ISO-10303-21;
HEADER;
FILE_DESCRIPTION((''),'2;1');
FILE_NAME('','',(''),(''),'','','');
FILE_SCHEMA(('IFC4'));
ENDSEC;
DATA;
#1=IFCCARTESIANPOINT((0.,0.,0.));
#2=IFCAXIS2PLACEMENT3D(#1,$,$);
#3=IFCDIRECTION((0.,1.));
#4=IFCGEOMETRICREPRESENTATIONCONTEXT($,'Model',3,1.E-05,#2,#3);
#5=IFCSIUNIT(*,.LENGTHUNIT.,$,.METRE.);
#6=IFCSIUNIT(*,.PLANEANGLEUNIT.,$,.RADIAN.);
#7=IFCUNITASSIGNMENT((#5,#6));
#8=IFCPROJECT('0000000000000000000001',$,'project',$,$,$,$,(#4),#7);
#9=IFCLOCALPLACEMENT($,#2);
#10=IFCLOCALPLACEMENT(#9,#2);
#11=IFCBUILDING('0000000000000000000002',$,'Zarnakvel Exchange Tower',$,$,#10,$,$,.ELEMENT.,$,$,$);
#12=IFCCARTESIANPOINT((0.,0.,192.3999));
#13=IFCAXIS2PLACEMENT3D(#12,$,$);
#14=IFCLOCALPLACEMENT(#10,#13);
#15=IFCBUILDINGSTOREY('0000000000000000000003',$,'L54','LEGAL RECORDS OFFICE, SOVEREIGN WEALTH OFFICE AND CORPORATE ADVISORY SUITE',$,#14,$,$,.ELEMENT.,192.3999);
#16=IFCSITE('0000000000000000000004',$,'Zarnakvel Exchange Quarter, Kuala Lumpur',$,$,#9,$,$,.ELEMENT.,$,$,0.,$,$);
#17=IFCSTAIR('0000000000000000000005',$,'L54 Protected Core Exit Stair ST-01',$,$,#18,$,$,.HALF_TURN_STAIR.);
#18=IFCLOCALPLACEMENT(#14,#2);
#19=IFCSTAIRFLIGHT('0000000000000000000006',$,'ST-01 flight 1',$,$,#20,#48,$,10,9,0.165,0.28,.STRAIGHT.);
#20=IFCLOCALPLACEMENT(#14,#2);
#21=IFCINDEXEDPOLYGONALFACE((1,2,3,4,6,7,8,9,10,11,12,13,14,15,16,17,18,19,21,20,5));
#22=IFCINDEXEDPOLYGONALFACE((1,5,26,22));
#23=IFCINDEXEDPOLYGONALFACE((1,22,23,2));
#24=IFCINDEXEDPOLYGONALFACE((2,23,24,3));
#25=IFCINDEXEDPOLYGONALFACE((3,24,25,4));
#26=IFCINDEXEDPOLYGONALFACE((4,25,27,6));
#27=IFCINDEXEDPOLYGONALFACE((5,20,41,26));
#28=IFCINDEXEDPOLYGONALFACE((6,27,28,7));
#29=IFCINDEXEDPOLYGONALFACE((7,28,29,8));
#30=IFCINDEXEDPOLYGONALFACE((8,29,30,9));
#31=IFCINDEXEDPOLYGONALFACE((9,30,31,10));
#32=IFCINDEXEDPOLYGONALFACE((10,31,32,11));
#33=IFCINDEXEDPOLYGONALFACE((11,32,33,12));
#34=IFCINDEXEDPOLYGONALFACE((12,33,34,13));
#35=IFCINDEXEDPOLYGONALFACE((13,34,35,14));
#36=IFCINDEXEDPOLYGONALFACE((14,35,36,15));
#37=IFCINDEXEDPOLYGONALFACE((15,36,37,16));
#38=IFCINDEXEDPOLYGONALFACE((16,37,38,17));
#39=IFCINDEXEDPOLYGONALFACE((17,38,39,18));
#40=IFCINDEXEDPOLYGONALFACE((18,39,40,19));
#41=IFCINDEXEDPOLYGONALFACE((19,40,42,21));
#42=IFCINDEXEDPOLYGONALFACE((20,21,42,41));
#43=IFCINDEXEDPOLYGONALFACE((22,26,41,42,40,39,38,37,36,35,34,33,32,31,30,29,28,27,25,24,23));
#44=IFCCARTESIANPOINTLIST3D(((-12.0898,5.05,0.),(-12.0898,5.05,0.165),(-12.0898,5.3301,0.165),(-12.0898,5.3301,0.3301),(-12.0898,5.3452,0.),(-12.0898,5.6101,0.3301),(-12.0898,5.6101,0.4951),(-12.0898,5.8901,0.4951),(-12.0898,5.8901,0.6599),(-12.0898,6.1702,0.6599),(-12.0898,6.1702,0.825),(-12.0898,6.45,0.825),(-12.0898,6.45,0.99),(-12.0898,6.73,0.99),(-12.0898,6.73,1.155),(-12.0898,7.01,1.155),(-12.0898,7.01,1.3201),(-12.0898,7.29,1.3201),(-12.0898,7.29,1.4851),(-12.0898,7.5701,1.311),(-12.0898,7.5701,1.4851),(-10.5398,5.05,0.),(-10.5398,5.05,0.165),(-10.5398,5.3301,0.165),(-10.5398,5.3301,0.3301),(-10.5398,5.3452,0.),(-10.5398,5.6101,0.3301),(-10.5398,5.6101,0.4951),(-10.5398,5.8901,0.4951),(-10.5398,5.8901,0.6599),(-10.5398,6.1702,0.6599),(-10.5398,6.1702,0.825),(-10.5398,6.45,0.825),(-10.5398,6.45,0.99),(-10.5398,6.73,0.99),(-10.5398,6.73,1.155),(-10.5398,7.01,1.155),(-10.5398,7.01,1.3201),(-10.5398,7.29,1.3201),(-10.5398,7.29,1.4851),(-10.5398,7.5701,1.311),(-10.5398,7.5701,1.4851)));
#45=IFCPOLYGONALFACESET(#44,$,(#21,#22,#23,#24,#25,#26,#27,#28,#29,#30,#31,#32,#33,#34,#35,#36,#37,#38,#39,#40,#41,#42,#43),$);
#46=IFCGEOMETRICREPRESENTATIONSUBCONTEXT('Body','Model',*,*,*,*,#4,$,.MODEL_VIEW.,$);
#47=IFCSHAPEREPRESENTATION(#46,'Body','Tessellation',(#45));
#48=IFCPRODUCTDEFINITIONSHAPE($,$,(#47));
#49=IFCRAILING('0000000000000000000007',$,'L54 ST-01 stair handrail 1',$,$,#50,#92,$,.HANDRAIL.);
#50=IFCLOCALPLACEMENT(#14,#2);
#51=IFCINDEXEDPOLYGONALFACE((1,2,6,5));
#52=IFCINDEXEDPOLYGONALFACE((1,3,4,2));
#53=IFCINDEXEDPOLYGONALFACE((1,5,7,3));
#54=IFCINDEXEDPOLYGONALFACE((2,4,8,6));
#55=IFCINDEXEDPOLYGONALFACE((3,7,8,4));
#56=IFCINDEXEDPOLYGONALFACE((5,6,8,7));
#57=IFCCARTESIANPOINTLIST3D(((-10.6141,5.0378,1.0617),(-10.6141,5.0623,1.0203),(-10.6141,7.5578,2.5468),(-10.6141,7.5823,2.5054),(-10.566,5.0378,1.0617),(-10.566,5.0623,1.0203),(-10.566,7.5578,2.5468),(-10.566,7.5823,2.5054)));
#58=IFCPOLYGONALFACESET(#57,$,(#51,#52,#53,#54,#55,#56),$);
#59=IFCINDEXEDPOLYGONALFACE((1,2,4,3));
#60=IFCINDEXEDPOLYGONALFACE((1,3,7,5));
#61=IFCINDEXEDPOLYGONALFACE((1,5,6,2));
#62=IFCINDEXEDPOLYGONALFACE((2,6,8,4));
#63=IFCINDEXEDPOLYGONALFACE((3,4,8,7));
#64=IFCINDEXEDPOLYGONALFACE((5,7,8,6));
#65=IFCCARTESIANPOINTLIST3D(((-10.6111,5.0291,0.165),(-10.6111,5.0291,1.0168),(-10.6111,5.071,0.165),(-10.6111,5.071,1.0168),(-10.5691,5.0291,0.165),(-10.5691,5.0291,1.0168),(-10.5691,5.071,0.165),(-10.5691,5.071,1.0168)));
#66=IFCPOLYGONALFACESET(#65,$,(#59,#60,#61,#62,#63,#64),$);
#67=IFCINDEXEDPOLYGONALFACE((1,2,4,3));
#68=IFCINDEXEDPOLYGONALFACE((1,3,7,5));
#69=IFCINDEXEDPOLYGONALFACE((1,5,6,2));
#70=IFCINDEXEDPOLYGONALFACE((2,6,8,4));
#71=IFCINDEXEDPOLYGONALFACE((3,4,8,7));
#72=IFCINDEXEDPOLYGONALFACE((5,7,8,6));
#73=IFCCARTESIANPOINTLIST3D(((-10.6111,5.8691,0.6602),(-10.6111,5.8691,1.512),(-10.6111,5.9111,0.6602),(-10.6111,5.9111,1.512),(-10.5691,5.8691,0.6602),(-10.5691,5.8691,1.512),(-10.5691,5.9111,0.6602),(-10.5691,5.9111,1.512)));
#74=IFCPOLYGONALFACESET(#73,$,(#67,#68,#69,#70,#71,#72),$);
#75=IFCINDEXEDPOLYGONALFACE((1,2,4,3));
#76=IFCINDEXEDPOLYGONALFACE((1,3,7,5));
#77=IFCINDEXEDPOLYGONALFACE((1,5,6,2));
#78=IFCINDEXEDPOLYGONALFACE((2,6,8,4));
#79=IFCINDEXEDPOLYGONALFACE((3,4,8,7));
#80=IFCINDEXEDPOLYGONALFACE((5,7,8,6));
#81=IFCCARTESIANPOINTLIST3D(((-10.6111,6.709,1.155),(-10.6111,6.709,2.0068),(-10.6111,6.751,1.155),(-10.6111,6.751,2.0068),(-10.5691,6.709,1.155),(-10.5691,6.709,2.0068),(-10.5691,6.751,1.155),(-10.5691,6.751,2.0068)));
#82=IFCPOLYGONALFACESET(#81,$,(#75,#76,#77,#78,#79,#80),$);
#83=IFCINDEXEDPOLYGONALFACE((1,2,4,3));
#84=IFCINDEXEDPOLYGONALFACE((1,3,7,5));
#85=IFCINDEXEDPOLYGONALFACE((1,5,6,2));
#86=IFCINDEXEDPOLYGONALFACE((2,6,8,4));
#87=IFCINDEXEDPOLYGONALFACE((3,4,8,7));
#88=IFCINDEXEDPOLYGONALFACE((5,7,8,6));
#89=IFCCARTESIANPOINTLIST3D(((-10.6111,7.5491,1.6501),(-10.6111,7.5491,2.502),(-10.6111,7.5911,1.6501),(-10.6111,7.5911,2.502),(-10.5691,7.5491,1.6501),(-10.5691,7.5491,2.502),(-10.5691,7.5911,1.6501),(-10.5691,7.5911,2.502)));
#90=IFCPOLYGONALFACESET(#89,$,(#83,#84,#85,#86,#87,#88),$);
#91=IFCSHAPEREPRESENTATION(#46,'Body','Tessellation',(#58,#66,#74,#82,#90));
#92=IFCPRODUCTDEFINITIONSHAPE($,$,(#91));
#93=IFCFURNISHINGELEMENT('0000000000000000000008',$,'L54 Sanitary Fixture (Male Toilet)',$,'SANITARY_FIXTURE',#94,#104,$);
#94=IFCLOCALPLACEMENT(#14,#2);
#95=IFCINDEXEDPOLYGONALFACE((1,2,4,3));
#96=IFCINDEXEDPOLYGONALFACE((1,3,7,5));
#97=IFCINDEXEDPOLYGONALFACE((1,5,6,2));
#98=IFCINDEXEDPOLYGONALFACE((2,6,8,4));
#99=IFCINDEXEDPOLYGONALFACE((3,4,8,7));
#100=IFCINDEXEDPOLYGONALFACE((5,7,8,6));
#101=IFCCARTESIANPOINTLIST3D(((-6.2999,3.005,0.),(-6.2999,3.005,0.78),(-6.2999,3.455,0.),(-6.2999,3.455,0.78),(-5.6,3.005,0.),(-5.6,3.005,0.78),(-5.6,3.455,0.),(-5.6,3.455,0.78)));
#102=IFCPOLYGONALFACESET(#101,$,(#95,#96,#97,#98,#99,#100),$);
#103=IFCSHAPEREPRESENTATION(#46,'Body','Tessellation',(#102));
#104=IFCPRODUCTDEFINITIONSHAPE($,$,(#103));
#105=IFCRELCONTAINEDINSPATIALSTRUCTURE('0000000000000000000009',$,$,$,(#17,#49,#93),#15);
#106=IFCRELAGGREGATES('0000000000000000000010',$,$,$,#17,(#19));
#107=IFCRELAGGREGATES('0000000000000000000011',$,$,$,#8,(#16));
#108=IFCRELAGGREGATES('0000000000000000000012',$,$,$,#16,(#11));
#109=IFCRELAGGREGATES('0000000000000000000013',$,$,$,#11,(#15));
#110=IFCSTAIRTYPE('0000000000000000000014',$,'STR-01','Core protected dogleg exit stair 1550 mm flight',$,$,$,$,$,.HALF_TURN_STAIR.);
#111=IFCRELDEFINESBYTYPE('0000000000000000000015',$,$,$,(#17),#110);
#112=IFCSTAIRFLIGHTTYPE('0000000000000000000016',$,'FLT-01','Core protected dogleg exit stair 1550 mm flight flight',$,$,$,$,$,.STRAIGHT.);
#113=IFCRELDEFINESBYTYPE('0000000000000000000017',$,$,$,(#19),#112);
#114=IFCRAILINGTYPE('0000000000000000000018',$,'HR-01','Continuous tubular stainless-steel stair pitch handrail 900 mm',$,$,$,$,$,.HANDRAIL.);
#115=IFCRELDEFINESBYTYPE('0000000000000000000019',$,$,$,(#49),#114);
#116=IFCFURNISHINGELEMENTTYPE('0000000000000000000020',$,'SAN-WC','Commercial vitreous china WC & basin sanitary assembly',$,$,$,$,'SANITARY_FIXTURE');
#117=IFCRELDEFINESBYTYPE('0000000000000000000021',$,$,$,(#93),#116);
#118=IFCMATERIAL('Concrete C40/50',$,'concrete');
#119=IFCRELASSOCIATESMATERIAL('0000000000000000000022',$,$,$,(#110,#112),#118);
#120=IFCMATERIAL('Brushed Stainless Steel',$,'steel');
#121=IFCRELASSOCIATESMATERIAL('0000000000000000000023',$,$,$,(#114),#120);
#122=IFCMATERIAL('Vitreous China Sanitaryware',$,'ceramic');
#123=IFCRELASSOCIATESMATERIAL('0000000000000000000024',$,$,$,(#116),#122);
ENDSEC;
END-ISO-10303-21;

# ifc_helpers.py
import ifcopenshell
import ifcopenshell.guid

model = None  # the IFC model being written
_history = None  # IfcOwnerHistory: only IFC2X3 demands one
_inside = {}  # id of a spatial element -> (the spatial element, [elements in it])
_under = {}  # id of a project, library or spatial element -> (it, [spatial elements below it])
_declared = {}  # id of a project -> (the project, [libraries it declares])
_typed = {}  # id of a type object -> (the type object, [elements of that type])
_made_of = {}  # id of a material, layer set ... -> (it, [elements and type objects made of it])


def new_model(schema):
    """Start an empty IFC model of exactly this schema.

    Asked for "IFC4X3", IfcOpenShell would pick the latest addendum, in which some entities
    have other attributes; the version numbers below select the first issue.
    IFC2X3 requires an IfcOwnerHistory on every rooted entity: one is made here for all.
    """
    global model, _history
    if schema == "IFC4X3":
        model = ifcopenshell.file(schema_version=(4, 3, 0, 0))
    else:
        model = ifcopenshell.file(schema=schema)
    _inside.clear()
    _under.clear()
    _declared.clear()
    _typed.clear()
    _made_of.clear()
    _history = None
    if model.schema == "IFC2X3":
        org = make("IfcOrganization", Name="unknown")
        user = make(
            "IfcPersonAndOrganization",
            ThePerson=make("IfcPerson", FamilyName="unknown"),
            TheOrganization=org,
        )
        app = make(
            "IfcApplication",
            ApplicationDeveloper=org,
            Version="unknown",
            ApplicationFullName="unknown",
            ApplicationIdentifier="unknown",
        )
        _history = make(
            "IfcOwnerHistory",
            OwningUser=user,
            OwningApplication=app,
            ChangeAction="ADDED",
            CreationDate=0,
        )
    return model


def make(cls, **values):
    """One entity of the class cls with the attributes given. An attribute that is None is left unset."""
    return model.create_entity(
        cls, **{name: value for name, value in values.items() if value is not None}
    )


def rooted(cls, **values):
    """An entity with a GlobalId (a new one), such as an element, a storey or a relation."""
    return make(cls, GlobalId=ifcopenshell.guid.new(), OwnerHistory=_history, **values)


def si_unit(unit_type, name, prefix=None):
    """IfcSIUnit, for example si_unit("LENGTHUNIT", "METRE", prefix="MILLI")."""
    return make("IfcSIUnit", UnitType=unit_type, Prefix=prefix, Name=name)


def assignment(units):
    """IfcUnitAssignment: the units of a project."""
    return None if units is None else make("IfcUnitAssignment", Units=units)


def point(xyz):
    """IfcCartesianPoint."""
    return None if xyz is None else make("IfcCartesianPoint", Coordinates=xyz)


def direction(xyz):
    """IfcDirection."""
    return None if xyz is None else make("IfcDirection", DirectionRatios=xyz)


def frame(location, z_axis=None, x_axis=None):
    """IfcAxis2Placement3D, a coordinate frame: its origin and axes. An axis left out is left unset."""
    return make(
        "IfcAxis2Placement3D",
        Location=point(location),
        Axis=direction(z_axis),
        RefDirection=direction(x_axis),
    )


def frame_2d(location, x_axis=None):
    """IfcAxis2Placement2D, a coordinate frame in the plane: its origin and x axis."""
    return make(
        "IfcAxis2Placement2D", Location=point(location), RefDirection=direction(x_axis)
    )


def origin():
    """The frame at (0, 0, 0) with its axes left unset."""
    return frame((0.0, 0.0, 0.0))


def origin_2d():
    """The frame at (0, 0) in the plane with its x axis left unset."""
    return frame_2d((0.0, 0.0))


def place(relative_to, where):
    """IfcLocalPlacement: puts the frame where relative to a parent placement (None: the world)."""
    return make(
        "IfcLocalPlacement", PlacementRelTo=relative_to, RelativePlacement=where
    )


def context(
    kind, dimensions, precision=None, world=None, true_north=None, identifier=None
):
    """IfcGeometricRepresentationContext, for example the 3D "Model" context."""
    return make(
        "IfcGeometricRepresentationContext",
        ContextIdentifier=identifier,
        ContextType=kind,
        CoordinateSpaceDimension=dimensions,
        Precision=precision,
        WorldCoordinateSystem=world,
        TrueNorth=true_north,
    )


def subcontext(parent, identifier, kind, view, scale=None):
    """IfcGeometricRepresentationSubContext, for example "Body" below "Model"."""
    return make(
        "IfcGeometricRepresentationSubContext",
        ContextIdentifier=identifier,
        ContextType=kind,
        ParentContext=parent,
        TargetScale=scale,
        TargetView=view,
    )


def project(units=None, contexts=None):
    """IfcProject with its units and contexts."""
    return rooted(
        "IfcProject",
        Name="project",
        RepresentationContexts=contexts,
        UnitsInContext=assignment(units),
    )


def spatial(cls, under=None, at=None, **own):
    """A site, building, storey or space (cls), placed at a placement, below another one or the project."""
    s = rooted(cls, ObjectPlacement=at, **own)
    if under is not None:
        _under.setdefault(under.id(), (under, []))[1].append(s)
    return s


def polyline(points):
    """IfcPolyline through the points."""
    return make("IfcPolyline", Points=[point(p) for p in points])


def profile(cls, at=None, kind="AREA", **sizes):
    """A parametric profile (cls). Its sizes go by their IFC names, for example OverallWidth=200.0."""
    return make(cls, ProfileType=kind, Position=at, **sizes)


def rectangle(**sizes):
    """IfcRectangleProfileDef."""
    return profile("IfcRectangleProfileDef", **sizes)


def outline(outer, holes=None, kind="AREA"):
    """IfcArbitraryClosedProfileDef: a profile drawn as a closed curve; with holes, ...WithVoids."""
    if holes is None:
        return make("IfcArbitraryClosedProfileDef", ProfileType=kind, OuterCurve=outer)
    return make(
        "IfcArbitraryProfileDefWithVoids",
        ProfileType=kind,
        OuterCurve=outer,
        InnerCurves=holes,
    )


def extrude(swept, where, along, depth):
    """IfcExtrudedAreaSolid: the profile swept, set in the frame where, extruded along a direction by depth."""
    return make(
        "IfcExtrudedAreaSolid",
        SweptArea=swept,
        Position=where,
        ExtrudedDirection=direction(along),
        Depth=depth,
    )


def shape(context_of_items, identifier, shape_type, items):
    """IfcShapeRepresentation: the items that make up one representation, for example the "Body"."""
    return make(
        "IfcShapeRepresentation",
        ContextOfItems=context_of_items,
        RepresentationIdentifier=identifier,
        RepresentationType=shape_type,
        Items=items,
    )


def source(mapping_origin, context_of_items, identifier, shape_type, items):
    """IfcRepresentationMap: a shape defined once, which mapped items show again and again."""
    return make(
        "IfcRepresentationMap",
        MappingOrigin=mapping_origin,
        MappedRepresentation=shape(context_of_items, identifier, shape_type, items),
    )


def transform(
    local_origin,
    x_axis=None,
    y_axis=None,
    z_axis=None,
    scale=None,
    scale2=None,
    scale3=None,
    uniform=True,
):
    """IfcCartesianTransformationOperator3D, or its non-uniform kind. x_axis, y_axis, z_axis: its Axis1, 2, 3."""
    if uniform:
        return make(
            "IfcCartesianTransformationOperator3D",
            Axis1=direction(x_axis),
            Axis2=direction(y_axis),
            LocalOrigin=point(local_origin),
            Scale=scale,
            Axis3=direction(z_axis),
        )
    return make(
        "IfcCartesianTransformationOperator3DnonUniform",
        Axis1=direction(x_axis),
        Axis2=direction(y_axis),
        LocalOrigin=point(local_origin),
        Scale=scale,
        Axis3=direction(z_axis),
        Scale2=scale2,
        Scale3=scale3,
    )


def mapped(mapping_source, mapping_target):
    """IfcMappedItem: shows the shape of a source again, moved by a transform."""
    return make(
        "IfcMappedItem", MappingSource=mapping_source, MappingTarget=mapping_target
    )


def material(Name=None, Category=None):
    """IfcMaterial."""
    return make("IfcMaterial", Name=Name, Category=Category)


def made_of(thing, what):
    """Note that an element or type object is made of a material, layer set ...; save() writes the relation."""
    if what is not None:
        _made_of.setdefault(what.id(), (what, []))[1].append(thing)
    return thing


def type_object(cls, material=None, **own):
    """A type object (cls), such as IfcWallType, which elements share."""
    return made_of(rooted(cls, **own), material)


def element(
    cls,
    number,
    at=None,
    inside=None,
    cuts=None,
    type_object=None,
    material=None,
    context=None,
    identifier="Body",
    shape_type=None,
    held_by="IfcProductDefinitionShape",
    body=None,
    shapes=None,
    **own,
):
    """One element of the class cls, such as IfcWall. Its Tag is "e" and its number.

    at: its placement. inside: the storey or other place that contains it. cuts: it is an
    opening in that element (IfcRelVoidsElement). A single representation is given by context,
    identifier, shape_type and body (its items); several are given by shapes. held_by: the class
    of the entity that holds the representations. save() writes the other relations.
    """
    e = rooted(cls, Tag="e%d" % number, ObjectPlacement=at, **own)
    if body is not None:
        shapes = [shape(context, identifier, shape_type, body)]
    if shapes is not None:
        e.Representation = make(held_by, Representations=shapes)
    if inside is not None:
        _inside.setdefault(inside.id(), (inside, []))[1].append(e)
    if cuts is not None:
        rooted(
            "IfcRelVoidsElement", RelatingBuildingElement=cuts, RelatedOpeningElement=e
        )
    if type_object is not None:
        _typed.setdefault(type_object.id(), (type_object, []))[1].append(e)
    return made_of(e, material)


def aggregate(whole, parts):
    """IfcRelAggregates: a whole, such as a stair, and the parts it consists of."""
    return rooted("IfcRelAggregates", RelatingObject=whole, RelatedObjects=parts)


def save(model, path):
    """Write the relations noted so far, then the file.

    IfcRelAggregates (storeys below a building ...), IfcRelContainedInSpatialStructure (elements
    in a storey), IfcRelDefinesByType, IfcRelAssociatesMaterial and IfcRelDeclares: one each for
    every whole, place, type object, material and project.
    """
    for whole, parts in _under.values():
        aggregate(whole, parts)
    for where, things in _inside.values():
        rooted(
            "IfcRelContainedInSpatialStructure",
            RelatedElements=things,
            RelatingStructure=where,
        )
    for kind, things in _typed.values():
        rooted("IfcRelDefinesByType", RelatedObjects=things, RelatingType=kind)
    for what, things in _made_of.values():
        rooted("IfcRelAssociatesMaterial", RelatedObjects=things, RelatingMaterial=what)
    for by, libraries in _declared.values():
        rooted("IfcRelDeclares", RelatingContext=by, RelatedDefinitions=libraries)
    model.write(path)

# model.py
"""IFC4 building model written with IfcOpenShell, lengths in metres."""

from ifc_helpers import new_model, si_unit, direction, frame, origin, origin_2d, place, context, subcontext, project, spatial, polyline, rectangle, outline, extrude, source, transform, mapped, material, type_object, element, aggregate, save


model = new_model("IFC4")

# Units and contexts
model_context = context("Model", 3, precision=1e-05, world=origin(), true_north=direction((0.0, 1.0)))
body_context = subcontext(model_context, "Body", "Model", "MODEL_VIEW")
ifc_project = project(units=[si_unit("LENGTHUNIT", "METRE"), si_unit("PLANEANGLEUNIT", "RADIAN")], contexts=[model_context])

# Site, building, storey
site_placement = place(None, origin())
site = spatial("IfcSite", under=ifc_project, at=site_placement, Name="Zarnakvel Exchange Quarter, Kuala Lumpur", CompositionType="ELEMENT", RefElevation=0.0)
building_placement = place(site_placement, origin())
building = spatial("IfcBuilding", under=site, at=building_placement, Name="Zarnakvel Exchange Tower", CompositionType="ELEMENT")
storey_placement = place(building_placement, frame((0.0, 0.0, 192.3999)))
storey = spatial("IfcBuildingStorey", under=building, at=storey_placement, Name="L54", Description="LEGAL RECORDS OFFICE, SOVEREIGN WEALTH OFFICE AND CORPORATE ADVISORY SUITE", CompositionType="ELEMENT", Elevation=192.3999)

# Shared definitions
ifc_material_1 = material(Name="Concrete C40/50", Category="concrete")
ifc_material_2 = material(Name="Brushed Stainless Steel", Category="steel")

# Stair, stair flight
stair_type = type_object("IfcStairType", Name="STR-01", Description="Core protected dogleg exit stair 1550 mm flight", PredefinedType="HALF_TURN_STAIR", material=ifc_material_1)
stair_placement = place(storey_placement, origin())
stair = element("IfcStair", 1, at=stair_placement, inside=storey, type_object=stair_type, Name="L54 Protected Core Exit Stair ST-01", PredefinedType="HALF_TURN_STAIR")
stair_flight_type = type_object("IfcStairFlightType", Name="FLT-01", Description="Core protected dogleg exit stair 1550 mm flight flight", PredefinedType="STRAIGHT", material=ifc_material_1)
stair_flight_placement = place(storey_placement, frame((-11.3149, 5.05, 0.0), z_axis=(0.0, 0.0, 1.0), x_axis=(0.0, 1.0, 0.0)))
stair_flight = element("IfcStairFlight", 2, at=stair_flight_placement, type_object=stair_flight_type, Name="ST-01 flight 1", NumberOfRisers=10, NumberOfTreads=9, PredefinedType="STRAIGHT", RiserHeight=0.165, TreadLength=0.28, context=body_context, shape_type="SweptSolid", body=[
    extrude(outline(polyline([(0.0, 0.0), (0.0, 0.165), (0.28, 0.165), (0.28, 0.3301), (0.5601, 0.3301), (0.5601, 0.4951), (0.8401, 0.4951), (0.8401, 0.6599), (1.1201, 0.6599), (1.1201, 0.825), (1.3999, 0.825), (1.3999, 0.99), (1.6799, 0.99), (1.6799, 1.155), (1.96, 1.155), (1.96, 1.3201), (2.24, 1.3201), (2.24, 1.4851), (2.52, 1.4851), (2.52, 1.6499), (2.52, 1.311), (0.2952, 0.0), (0.0, 0.0)])), frame((0.0, 0.7749, 0.0), z_axis=(0.0, -1.0, 0.0), x_axis=(1.0, 0.0, 0.0)), (0.0, 0.0, 1.0), 1.55),
])
aggregate(stair, [stair_flight])

# Railing
railing_type = type_object("IfcRailingType", Name="HR-01", Description="Continuous tubular stainless-steel stair pitch handrail 900 mm", PredefinedType="HANDRAIL", material=ifc_material_2)
railing_placement = place(storey_placement, frame((-10.5901, 5.05, 0.165)))
element("IfcRailing", 3, at=railing_placement, inside=storey, type_object=railing_type, Name="L54 ST-01 stair handrail 1", PredefinedType="HANDRAIL", context=body_context, shape_type="SweptSolid", body=[
    extrude(rectangle(XDim=0.0481, YDim=0.0481, at=origin_2d()), frame((0.0, 0.0, 0.876), z_axis=(0.0, 0.861524, 0.507717), x_axis=(-1.0, 0.0, 0.0)), (0.0, 0.0, 1.0), 2.925),
    extrude(rectangle(XDim=0.042, YDim=0.042, at=origin_2d()), origin(), (0.0, 0.0, 1.0), 0.8518),
    extrude(rectangle(XDim=0.042, YDim=0.042, at=origin_2d()), frame((0.0, 0.8401, 0.4951)), (0.0, 0.0, 1.0), 0.8518),
    extrude(rectangle(XDim=0.042, YDim=0.042, at=origin_2d()), frame((0.0, 1.6799, 0.99)), (0.0, 0.0, 1.0), 0.8518),
    extrude(rectangle(XDim=0.042, YDim=0.042, at=origin_2d()), frame((0.0, 2.52, 1.4851)), (0.0, 0.0, 1.0), 0.8518),
])

# Furnishing element
ifc_material_3 = material(Name="Vitreous China Sanitaryware", Category="ceramic")
furnishing_element_type = type_object("IfcFurnishingElementType", Name="SAN-WC", Description="Commercial vitreous china WC & basin sanitary assembly", ElementType="SANITARY_FIXTURE", material=ifc_material_3)
shared_shape_1 = source(origin(), body_context, "Body", "SweptSolid", [
    extrude(rectangle(XDim=0.7, YDim=0.45, at=origin_2d()), origin(), (0.0, 0.0, 1.0), 0.78),
])
furnishing_placement = place(storey_placement, frame((-5.95, 3.23, 0.0), z_axis=(0.0, 0.0, 1.0), x_axis=(1.0, 0.0, 0.0)))
element("IfcFurnishingElement", 4, at=furnishing_placement, inside=storey, type_object=furnishing_element_type, Name="L54 Sanitary Fixture (Male Toilet)", ObjectType="SANITARY_FIXTURE", context=body_context, shape_type="MappedRepresentation", body=[
    mapped(shared_shape_1, transform((0.0, 0.0, 0.0), x_axis=(1.0, 0.0, 0.0), y_axis=(0.0, 1.0, 0.0), z_axis=(0.0, 0.0, 1.0), scale=1.0)),
])

save(model, "model.ifc")
